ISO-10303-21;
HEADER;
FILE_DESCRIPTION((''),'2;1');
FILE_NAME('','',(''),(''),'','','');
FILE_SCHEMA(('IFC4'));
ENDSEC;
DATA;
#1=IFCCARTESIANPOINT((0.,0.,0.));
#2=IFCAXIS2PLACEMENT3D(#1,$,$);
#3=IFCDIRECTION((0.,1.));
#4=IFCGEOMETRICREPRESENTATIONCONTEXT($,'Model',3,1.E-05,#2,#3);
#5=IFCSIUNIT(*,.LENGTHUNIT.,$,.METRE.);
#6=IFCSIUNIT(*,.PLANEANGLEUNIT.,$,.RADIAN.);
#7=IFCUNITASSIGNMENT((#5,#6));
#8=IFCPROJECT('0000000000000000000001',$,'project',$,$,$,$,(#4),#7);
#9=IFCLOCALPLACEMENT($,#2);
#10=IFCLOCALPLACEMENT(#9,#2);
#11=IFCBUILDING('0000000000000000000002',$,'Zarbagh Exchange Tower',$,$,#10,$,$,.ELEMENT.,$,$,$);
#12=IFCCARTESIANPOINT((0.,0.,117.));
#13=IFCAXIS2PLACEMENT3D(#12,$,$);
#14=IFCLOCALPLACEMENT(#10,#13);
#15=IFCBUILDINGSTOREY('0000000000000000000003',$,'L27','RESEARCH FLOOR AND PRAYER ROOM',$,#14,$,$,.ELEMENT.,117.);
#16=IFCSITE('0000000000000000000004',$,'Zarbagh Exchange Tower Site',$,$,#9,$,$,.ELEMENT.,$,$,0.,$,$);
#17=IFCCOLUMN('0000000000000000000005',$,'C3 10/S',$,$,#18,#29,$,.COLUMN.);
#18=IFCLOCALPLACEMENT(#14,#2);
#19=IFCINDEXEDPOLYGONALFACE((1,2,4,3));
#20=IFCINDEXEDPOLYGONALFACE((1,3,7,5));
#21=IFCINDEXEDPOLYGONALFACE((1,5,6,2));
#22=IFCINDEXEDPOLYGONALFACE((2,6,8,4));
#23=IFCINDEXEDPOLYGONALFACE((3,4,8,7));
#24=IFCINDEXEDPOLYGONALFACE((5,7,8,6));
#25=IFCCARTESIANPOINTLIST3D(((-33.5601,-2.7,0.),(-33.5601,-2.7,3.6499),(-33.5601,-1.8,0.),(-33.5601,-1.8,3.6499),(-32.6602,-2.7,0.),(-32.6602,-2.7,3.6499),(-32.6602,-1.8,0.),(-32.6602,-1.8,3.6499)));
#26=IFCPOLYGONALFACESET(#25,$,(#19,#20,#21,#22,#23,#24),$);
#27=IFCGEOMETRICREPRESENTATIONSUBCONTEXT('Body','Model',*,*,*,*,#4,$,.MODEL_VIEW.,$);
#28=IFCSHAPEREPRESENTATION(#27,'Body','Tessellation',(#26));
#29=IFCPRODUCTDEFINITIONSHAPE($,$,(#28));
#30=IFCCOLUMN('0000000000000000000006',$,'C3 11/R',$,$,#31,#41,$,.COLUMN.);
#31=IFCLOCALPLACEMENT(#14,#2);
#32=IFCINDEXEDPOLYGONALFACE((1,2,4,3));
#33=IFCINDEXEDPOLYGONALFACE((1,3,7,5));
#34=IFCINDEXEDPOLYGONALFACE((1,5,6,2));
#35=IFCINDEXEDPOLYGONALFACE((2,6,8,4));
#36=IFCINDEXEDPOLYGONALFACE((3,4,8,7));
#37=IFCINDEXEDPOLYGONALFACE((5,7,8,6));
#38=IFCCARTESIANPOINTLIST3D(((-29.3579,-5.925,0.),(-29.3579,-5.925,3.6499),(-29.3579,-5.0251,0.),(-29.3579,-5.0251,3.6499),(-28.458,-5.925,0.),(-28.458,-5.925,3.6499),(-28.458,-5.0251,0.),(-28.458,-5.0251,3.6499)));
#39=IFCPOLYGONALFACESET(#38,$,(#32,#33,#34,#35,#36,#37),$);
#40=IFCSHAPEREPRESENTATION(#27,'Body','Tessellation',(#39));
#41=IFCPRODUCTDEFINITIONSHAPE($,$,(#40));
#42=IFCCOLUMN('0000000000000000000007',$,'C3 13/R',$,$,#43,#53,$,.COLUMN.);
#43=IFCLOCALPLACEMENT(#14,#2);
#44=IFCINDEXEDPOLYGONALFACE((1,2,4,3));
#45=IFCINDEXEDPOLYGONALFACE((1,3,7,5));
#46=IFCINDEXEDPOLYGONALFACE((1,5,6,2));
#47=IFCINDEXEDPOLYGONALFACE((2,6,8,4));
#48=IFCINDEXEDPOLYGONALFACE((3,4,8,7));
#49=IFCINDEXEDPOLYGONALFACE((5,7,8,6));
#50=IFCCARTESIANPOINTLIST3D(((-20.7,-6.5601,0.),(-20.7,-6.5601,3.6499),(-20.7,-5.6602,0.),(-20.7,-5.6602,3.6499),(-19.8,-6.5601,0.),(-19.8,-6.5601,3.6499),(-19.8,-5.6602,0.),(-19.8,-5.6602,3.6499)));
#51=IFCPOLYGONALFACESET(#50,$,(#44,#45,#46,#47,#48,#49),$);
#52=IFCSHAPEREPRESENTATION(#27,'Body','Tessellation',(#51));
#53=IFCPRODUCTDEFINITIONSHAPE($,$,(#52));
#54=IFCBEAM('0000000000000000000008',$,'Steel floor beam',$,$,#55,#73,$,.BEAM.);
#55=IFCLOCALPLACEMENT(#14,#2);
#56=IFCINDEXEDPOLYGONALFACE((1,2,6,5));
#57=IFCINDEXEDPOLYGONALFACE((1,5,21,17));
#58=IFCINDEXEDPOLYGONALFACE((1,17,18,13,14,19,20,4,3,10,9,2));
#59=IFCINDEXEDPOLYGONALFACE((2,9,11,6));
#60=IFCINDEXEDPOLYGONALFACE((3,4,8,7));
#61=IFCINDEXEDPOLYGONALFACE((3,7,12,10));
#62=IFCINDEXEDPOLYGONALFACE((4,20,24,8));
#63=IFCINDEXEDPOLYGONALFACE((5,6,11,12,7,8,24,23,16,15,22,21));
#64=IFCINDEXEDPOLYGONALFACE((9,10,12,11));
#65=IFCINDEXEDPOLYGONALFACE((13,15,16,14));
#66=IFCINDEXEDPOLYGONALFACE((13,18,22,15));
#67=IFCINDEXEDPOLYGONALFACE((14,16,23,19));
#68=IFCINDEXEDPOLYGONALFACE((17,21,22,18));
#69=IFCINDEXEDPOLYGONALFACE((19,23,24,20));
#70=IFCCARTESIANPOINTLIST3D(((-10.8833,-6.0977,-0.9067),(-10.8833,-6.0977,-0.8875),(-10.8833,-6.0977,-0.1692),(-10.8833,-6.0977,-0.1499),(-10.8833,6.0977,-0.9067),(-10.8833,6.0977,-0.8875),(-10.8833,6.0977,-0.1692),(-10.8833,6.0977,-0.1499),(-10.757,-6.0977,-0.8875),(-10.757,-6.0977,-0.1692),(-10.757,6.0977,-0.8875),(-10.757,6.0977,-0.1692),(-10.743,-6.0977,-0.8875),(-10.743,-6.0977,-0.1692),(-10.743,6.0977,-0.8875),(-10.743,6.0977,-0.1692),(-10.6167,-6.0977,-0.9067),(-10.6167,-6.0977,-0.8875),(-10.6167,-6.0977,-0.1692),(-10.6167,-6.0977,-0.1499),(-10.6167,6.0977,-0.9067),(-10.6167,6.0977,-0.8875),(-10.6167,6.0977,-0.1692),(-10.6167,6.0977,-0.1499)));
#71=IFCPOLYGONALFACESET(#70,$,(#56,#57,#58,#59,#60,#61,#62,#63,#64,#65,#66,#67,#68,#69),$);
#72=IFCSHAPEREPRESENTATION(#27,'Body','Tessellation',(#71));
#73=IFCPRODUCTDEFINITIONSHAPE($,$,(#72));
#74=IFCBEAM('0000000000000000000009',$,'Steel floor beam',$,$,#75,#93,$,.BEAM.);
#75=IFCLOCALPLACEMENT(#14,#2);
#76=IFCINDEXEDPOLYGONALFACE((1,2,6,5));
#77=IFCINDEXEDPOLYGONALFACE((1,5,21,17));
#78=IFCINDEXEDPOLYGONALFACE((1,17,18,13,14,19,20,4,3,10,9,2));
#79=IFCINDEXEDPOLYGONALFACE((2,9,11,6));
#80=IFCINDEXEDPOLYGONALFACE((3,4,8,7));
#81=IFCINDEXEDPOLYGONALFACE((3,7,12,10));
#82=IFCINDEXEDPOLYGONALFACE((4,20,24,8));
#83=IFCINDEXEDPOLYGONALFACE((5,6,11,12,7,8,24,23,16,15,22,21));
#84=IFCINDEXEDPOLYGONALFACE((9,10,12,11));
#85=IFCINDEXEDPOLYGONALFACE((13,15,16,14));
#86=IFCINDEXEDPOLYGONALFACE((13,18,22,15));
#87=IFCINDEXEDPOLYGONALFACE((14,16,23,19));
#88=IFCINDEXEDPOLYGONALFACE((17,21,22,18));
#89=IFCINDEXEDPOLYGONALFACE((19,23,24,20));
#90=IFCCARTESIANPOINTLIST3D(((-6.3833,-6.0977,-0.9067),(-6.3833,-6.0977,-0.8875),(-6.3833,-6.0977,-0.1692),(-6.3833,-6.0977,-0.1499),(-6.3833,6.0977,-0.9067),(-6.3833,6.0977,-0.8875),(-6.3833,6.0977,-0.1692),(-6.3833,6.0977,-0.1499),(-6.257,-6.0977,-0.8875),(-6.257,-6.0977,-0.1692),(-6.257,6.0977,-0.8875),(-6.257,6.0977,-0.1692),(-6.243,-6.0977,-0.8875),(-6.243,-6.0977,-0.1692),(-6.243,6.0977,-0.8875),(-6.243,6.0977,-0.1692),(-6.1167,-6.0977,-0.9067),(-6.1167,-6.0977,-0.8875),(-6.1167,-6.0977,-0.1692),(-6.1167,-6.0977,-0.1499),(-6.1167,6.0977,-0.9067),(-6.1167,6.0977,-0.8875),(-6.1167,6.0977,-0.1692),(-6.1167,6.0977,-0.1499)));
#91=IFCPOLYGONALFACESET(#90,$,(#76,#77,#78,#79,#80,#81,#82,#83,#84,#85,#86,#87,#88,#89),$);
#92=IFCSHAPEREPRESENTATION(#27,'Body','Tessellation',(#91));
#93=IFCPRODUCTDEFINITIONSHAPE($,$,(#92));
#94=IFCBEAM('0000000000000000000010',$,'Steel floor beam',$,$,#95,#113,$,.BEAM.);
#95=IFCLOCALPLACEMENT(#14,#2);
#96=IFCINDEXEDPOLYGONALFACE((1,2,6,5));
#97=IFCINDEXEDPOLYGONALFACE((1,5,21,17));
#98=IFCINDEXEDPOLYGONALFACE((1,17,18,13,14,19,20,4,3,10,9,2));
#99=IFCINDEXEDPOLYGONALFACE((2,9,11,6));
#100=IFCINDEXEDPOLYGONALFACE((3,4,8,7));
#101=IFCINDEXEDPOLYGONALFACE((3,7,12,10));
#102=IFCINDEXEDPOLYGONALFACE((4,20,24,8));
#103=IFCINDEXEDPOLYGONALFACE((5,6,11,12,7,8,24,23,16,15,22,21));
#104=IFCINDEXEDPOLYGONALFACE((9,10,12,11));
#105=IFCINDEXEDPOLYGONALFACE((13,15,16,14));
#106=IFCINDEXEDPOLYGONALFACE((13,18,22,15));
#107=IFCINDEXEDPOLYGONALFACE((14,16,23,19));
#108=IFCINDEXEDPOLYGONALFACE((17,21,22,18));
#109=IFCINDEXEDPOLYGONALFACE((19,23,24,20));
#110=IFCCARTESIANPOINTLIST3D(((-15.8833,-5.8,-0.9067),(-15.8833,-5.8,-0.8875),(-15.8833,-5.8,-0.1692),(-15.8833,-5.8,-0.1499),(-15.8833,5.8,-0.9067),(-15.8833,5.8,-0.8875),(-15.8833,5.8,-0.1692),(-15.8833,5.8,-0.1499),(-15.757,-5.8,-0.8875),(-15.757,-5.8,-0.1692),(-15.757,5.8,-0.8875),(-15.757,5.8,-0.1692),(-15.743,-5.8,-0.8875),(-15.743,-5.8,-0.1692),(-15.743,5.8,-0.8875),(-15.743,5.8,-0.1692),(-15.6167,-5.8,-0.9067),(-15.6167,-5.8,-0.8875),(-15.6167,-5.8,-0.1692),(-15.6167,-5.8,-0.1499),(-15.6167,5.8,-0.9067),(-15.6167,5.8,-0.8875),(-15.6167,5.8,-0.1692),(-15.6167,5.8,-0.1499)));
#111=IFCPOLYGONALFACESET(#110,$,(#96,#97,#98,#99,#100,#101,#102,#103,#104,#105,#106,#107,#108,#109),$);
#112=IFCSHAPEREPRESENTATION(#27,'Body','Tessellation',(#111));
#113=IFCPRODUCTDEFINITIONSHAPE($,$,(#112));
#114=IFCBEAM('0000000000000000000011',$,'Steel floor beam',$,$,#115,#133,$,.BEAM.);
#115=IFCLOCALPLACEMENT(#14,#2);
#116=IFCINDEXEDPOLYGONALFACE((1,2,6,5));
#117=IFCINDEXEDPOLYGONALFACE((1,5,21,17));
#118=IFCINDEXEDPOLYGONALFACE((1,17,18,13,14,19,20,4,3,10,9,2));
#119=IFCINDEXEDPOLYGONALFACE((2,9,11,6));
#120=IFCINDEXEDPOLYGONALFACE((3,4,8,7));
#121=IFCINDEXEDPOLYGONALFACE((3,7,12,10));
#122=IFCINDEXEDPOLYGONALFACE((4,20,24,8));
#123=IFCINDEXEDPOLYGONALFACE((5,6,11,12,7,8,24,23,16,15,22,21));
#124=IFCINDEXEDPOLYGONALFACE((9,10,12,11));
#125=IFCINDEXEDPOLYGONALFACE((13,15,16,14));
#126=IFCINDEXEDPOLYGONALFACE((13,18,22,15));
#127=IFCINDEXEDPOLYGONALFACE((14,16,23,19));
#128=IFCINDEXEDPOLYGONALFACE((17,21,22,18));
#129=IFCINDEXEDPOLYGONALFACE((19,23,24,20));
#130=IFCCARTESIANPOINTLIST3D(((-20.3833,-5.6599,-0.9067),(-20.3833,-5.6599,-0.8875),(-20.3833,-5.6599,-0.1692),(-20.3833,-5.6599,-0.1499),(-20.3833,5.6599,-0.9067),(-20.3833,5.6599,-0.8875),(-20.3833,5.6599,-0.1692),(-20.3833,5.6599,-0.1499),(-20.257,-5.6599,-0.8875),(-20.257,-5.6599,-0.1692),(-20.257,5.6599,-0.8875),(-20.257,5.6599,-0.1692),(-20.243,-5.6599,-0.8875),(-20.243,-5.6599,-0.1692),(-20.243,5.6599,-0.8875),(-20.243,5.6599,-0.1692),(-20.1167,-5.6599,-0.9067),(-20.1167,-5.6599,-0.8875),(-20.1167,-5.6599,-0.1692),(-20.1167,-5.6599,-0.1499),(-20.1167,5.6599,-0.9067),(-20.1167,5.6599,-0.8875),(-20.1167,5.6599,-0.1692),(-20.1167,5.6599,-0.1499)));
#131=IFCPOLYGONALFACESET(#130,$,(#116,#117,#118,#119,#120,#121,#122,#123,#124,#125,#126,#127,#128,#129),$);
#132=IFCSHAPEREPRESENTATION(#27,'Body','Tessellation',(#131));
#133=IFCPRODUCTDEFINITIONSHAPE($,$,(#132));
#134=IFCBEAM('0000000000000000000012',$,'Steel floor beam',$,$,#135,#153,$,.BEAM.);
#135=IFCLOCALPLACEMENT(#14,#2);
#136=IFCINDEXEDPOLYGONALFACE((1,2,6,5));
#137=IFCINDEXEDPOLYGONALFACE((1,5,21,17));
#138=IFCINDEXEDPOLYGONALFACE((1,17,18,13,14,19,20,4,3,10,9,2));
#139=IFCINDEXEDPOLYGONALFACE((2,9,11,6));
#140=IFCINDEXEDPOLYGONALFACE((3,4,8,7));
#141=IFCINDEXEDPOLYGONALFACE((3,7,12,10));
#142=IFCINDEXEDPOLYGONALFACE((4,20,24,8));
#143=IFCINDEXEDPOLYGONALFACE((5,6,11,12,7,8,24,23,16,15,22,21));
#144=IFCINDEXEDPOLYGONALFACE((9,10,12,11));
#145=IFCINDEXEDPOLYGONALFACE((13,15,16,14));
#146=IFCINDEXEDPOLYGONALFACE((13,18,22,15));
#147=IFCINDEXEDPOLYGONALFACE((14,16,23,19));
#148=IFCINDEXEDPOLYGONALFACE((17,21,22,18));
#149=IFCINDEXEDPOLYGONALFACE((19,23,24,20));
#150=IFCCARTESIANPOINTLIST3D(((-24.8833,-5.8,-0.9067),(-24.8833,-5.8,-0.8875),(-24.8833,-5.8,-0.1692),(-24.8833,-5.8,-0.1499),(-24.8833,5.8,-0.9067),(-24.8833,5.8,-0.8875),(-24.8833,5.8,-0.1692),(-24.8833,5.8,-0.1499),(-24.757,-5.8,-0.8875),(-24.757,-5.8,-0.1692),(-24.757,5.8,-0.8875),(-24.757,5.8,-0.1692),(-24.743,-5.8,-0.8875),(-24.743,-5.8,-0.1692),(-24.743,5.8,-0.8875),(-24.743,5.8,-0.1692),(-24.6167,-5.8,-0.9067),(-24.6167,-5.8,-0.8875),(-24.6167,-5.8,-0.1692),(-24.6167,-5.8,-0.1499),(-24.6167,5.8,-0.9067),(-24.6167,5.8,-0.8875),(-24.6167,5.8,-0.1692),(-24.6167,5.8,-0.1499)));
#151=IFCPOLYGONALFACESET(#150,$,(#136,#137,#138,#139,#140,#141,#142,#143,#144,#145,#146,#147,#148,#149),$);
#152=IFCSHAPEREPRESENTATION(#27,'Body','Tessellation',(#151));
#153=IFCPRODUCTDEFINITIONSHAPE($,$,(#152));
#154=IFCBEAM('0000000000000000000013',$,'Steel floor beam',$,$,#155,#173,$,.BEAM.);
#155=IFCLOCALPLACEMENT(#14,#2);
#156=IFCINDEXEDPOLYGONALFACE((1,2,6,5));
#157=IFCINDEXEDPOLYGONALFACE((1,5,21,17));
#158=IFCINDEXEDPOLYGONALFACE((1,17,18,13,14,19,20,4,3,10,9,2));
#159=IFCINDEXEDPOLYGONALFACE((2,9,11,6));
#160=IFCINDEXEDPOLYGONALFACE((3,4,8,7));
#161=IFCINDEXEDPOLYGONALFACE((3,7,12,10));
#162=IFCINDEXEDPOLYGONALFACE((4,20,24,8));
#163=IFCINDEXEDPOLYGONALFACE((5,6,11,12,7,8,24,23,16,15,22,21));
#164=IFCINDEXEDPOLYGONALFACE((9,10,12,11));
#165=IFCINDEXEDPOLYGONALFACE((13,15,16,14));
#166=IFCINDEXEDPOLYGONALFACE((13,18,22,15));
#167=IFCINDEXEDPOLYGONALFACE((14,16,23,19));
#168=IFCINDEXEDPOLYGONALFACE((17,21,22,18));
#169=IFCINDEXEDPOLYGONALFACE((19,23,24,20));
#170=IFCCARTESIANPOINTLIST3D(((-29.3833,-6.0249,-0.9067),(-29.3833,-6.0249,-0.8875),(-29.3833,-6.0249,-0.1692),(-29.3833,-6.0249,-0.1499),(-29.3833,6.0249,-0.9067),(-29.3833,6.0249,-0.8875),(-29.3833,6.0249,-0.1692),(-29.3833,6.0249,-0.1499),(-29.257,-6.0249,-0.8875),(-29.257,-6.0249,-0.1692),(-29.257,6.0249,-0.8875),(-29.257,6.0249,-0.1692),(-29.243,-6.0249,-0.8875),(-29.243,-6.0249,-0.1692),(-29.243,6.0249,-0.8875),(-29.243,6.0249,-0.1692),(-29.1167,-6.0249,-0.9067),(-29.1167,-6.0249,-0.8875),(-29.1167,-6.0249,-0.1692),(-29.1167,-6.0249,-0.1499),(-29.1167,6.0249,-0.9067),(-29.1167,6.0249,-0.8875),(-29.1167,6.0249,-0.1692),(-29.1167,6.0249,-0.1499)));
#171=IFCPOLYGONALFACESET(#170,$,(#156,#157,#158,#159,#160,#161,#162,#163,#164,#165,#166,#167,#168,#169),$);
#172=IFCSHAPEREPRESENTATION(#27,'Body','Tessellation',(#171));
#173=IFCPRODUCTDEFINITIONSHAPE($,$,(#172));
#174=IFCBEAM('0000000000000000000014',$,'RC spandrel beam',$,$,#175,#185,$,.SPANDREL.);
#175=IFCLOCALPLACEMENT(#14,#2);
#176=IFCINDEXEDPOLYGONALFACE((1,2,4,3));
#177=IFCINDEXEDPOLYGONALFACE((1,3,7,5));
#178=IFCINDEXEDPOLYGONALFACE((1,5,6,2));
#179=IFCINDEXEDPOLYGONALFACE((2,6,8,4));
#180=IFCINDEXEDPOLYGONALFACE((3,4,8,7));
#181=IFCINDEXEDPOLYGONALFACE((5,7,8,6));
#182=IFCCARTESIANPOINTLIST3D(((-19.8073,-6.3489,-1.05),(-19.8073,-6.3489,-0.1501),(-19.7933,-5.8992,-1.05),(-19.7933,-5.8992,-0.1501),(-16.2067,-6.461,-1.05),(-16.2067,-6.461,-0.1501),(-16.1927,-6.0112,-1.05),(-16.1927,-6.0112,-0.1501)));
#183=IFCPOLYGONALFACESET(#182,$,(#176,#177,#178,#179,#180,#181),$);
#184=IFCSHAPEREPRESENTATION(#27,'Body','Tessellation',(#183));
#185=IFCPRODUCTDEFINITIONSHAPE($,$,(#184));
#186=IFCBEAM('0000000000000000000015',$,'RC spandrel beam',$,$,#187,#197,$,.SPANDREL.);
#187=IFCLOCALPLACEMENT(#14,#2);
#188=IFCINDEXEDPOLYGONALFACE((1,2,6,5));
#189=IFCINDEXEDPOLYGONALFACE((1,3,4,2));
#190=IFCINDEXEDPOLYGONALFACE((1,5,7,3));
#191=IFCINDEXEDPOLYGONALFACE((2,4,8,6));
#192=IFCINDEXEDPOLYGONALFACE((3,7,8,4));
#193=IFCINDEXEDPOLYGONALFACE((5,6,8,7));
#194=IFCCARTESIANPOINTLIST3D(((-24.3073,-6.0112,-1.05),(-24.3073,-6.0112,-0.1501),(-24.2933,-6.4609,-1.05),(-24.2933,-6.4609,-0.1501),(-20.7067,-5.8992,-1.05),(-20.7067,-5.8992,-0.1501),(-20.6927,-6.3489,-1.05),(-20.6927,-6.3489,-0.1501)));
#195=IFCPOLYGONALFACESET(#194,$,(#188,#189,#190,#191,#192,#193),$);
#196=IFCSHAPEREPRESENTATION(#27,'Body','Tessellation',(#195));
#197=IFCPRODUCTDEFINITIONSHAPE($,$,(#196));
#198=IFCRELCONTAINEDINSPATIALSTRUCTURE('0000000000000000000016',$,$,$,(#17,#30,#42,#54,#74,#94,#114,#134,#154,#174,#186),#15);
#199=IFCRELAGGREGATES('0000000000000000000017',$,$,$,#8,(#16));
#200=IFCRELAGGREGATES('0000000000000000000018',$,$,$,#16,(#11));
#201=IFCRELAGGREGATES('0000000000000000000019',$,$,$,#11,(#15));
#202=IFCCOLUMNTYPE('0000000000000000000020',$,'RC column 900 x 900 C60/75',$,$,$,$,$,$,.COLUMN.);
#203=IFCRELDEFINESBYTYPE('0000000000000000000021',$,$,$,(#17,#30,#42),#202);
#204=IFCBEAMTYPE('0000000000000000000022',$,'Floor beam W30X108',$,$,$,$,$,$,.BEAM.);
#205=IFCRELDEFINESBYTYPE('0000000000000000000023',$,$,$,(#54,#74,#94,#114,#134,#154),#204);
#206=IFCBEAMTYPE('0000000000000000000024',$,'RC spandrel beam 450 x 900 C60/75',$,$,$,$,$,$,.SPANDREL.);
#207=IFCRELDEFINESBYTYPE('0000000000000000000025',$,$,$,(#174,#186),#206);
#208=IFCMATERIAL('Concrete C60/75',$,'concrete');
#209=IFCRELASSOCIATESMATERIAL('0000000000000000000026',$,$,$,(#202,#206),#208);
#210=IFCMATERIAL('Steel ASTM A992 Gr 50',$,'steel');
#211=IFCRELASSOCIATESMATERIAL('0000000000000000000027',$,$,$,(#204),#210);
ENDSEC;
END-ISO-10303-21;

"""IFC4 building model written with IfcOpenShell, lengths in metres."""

from ifc_helpers import new_model, si_unit, direction, frame, origin, origin_2d, place, context, subcontext, project, spatial, rectangle, i_section, extrude, material, material_profile, profile_set, type_object, element, save


model = new_model("IFC4")

# Units and contexts
model_context = context("Model", 3, precision=1e-05, world=origin(), true_north=direction((0.0, 1.0)))
body_context = subcontext(model_context, "Body", "Model", "MODEL_VIEW")
ifc_project = project(units=[si_unit("LENGTHUNIT", "METRE"), si_unit("PLANEANGLEUNIT", "RADIAN")], contexts=[model_context])

# Site, building, storey
site_placement = place(None, origin())
site = spatial("IfcSite", under=ifc_project, at=site_placement, Name="Zarbagh Exchange Tower Site", CompositionType="ELEMENT", RefElevation=0.0)
building_placement = place(site_placement, origin())
building = spatial("IfcBuilding", under=site, at=building_placement, Name="Zarbagh Exchange Tower", CompositionType="ELEMENT")
storey_placement = place(building_placement, frame((0.0, 0.0, 117.0)))
storey = spatial("IfcBuildingStorey", under=building, at=storey_placement, Name="L27", Description="RESEARCH FLOOR AND PRAYER ROOM", CompositionType="ELEMENT", Elevation=117.0)

# Columns
ifc_material_1 = material(Name="Concrete C60/75", Category="concrete")
ifc_material_profile_1 = material_profile(ifc_material_1, rectangle(XDim=0.8999, YDim=0.8999, at=origin_2d()), Name="RC column 900 x 900 C60/75")
ifc_profile_set_1 = profile_set([ifc_material_profile_1], Name="Concrete C60/75")
column_type = type_object("IfcColumnType", Name="RC column 900 x 900 C60/75", PredefinedType="COLUMN", material=ifc_profile_set_1)
for number, where, z_axis, x_axis, name in (
    (1, (-33.1101, -2.25, 0.0), (0.0, 0.0, 1.0), (1.0, 0.0, 0.0), "C3 10/S"),
    (2, (-28.908, -5.4751, 0.0), (0.0, 0.0, 1.0), (1.0, 0.0, 0.0), "C3 11/R"),
    (3, (-20.25, -6.1101, 0.0), (0.0, 0.0, 1.0), (1.0, 0.0, 0.0), "C3 13/R"),
):
    element("IfcColumn", number, at=place(storey_placement, frame(where, z_axis=z_axis, x_axis=x_axis)), inside=storey, type_object=column_type, Name=name, PredefinedType="COLUMN", context=body_context, shape_type="SweptSolid", body=[
        extrude(rectangle(XDim=0.8999, YDim=0.8999, at=origin_2d()), origin(), (0.0, 0.0, 1.0), 3.6499),
    ])

# Beams
ifc_material_2 = material(Name="Steel ASTM A992 Gr 50", Category="steel")
ifc_material_profile_2 = material_profile(ifc_material_2, i_section(OverallWidth=0.2666, OverallDepth=0.7568, WebThickness=0.0139, FlangeThickness=0.0193, at=origin_2d()), Name="W30X108")
ifc_profile_set_2 = profile_set([ifc_material_profile_2], Name="Steel ASTM A992 Gr 50")
beam_type_1 = type_object("IfcBeamType", Name="Floor beam W30X108", PredefinedType="BEAM", material=ifc_profile_set_2)
for number, where, z_axis, x_axis, name in (
    (4, (-10.75, -6.0977, -0.5283), (0.0, 1.0, 0.0), (-1.0, 0.0, 0.0), "Steel floor beam"),
    (5, (-6.25, -6.0977, -0.5283), (0.0, 1.0, 0.0), (-1.0, 0.0, 0.0), "Steel floor beam"),
):
    element("IfcBeam", number, at=place(storey_placement, frame(where, z_axis=z_axis, x_axis=x_axis)), inside=storey, type_object=beam_type_1, Name=name, PredefinedType="BEAM", context=body_context, shape_type="SweptSolid", body=[
        extrude(i_section(OverallWidth=0.2666, OverallDepth=0.7568, WebThickness=0.0139, FlangeThickness=0.0193, at=origin_2d()), origin(), (0.0, 0.0, 1.0), 12.1953),
    ])
beam_1_placement = place(storey_placement, frame((-15.75, -5.8, -0.5283), z_axis=(0.0, 1.0, 0.0), x_axis=(-1.0, 0.0, 0.0)))
element("IfcBeam", 6, at=beam_1_placement, inside=storey, type_object=beam_type_1, Name="Steel floor beam", PredefinedType="BEAM", context=body_context, shape_type="SweptSolid", body=[
    extrude(i_section(OverallWidth=0.2666, OverallDepth=0.7568, WebThickness=0.0139, FlangeThickness=0.0193, at=origin_2d()), origin(), (0.0, 0.0, 1.0), 11.6001),
])
beam_2_placement = place(storey_placement, frame((-20.25, -5.6599, -0.5283), z_axis=(0.0, 1.0, 0.0), x_axis=(-1.0, 0.0, 0.0)))
element("IfcBeam", 7, at=beam_2_placement, inside=storey, type_object=beam_type_1, Name="Steel floor beam", PredefinedType="BEAM", context=body_context, shape_type="SweptSolid", body=[
    extrude(i_section(OverallWidth=0.2666, OverallDepth=0.7568, WebThickness=0.0139, FlangeThickness=0.0193, at=origin_2d()), origin(), (0.0, 0.0, 1.0), 11.3198),
])
beam_3_placement = place(storey_placement, frame((-24.75, -5.8, -0.5283), z_axis=(0.0, 1.0, 0.0), x_axis=(-1.0, 0.0, 0.0)))
element("IfcBeam", 8, at=beam_3_placement, inside=storey, type_object=beam_type_1, Name="Steel floor beam", PredefinedType="BEAM", context=body_context, shape_type="SweptSolid", body=[
    extrude(i_section(OverallWidth=0.2666, OverallDepth=0.7568, WebThickness=0.0139, FlangeThickness=0.0193, at=origin_2d()), origin(), (0.0, 0.0, 1.0), 11.6001),
])
beam_4_placement = place(storey_placement, frame((-29.25, -6.0249, -0.5283), z_axis=(0.0, 1.0, 0.0), x_axis=(-1.0, 0.0, 0.0)))
element("IfcBeam", 9, at=beam_4_placement, inside=storey, type_object=beam_type_1, Name="Steel floor beam", PredefinedType="BEAM", context=body_context, shape_type="SweptSolid", body=[
    extrude(i_section(OverallWidth=0.2666, OverallDepth=0.7568, WebThickness=0.0139, FlangeThickness=0.0193, at=origin_2d()), origin(), (0.0, 0.0, 1.0), 12.0498),
])
ifc_material_profile_3 = material_profile(ifc_material_1, rectangle(XDim=0.45, YDim=0.8999, at=origin_2d()), Name="RC spandrel beam 450 x 900 C60/75")
ifc_profile_set_3 = profile_set([ifc_material_profile_3], Name="Concrete C60/75")
beam_type_2 = type_object("IfcBeamType", Name="RC spandrel beam 450 x 900 C60/75", PredefinedType="SPANDREL", material=ifc_profile_set_3)
for number, where, z_axis, x_axis, name in (
    (10, (-16.1997, -6.2361, -0.6001), (-0.999516, 0.031108, 0.0), (-0.031108, -0.999516, 0.0), "RC spandrel beam"),
    (11, (-20.6997, -6.124, -0.6001), (-0.999516, -0.031108, 0.0), (0.031108, -0.999516, 0.0), "RC spandrel beam"),
):
    element("IfcBeam", number, at=place(storey_placement, frame(where, z_axis=z_axis, x_axis=x_axis)), inside=storey, type_object=beam_type_2, Name=name, PredefinedType="SPANDREL", context=body_context, shape_type="SweptSolid", body=[
        extrude(rectangle(XDim=0.45, YDim=0.8999, at=origin_2d()), origin(), (0.0, 0.0, 1.0), 3.6023),
    ])

save(model, "model.ifc")
